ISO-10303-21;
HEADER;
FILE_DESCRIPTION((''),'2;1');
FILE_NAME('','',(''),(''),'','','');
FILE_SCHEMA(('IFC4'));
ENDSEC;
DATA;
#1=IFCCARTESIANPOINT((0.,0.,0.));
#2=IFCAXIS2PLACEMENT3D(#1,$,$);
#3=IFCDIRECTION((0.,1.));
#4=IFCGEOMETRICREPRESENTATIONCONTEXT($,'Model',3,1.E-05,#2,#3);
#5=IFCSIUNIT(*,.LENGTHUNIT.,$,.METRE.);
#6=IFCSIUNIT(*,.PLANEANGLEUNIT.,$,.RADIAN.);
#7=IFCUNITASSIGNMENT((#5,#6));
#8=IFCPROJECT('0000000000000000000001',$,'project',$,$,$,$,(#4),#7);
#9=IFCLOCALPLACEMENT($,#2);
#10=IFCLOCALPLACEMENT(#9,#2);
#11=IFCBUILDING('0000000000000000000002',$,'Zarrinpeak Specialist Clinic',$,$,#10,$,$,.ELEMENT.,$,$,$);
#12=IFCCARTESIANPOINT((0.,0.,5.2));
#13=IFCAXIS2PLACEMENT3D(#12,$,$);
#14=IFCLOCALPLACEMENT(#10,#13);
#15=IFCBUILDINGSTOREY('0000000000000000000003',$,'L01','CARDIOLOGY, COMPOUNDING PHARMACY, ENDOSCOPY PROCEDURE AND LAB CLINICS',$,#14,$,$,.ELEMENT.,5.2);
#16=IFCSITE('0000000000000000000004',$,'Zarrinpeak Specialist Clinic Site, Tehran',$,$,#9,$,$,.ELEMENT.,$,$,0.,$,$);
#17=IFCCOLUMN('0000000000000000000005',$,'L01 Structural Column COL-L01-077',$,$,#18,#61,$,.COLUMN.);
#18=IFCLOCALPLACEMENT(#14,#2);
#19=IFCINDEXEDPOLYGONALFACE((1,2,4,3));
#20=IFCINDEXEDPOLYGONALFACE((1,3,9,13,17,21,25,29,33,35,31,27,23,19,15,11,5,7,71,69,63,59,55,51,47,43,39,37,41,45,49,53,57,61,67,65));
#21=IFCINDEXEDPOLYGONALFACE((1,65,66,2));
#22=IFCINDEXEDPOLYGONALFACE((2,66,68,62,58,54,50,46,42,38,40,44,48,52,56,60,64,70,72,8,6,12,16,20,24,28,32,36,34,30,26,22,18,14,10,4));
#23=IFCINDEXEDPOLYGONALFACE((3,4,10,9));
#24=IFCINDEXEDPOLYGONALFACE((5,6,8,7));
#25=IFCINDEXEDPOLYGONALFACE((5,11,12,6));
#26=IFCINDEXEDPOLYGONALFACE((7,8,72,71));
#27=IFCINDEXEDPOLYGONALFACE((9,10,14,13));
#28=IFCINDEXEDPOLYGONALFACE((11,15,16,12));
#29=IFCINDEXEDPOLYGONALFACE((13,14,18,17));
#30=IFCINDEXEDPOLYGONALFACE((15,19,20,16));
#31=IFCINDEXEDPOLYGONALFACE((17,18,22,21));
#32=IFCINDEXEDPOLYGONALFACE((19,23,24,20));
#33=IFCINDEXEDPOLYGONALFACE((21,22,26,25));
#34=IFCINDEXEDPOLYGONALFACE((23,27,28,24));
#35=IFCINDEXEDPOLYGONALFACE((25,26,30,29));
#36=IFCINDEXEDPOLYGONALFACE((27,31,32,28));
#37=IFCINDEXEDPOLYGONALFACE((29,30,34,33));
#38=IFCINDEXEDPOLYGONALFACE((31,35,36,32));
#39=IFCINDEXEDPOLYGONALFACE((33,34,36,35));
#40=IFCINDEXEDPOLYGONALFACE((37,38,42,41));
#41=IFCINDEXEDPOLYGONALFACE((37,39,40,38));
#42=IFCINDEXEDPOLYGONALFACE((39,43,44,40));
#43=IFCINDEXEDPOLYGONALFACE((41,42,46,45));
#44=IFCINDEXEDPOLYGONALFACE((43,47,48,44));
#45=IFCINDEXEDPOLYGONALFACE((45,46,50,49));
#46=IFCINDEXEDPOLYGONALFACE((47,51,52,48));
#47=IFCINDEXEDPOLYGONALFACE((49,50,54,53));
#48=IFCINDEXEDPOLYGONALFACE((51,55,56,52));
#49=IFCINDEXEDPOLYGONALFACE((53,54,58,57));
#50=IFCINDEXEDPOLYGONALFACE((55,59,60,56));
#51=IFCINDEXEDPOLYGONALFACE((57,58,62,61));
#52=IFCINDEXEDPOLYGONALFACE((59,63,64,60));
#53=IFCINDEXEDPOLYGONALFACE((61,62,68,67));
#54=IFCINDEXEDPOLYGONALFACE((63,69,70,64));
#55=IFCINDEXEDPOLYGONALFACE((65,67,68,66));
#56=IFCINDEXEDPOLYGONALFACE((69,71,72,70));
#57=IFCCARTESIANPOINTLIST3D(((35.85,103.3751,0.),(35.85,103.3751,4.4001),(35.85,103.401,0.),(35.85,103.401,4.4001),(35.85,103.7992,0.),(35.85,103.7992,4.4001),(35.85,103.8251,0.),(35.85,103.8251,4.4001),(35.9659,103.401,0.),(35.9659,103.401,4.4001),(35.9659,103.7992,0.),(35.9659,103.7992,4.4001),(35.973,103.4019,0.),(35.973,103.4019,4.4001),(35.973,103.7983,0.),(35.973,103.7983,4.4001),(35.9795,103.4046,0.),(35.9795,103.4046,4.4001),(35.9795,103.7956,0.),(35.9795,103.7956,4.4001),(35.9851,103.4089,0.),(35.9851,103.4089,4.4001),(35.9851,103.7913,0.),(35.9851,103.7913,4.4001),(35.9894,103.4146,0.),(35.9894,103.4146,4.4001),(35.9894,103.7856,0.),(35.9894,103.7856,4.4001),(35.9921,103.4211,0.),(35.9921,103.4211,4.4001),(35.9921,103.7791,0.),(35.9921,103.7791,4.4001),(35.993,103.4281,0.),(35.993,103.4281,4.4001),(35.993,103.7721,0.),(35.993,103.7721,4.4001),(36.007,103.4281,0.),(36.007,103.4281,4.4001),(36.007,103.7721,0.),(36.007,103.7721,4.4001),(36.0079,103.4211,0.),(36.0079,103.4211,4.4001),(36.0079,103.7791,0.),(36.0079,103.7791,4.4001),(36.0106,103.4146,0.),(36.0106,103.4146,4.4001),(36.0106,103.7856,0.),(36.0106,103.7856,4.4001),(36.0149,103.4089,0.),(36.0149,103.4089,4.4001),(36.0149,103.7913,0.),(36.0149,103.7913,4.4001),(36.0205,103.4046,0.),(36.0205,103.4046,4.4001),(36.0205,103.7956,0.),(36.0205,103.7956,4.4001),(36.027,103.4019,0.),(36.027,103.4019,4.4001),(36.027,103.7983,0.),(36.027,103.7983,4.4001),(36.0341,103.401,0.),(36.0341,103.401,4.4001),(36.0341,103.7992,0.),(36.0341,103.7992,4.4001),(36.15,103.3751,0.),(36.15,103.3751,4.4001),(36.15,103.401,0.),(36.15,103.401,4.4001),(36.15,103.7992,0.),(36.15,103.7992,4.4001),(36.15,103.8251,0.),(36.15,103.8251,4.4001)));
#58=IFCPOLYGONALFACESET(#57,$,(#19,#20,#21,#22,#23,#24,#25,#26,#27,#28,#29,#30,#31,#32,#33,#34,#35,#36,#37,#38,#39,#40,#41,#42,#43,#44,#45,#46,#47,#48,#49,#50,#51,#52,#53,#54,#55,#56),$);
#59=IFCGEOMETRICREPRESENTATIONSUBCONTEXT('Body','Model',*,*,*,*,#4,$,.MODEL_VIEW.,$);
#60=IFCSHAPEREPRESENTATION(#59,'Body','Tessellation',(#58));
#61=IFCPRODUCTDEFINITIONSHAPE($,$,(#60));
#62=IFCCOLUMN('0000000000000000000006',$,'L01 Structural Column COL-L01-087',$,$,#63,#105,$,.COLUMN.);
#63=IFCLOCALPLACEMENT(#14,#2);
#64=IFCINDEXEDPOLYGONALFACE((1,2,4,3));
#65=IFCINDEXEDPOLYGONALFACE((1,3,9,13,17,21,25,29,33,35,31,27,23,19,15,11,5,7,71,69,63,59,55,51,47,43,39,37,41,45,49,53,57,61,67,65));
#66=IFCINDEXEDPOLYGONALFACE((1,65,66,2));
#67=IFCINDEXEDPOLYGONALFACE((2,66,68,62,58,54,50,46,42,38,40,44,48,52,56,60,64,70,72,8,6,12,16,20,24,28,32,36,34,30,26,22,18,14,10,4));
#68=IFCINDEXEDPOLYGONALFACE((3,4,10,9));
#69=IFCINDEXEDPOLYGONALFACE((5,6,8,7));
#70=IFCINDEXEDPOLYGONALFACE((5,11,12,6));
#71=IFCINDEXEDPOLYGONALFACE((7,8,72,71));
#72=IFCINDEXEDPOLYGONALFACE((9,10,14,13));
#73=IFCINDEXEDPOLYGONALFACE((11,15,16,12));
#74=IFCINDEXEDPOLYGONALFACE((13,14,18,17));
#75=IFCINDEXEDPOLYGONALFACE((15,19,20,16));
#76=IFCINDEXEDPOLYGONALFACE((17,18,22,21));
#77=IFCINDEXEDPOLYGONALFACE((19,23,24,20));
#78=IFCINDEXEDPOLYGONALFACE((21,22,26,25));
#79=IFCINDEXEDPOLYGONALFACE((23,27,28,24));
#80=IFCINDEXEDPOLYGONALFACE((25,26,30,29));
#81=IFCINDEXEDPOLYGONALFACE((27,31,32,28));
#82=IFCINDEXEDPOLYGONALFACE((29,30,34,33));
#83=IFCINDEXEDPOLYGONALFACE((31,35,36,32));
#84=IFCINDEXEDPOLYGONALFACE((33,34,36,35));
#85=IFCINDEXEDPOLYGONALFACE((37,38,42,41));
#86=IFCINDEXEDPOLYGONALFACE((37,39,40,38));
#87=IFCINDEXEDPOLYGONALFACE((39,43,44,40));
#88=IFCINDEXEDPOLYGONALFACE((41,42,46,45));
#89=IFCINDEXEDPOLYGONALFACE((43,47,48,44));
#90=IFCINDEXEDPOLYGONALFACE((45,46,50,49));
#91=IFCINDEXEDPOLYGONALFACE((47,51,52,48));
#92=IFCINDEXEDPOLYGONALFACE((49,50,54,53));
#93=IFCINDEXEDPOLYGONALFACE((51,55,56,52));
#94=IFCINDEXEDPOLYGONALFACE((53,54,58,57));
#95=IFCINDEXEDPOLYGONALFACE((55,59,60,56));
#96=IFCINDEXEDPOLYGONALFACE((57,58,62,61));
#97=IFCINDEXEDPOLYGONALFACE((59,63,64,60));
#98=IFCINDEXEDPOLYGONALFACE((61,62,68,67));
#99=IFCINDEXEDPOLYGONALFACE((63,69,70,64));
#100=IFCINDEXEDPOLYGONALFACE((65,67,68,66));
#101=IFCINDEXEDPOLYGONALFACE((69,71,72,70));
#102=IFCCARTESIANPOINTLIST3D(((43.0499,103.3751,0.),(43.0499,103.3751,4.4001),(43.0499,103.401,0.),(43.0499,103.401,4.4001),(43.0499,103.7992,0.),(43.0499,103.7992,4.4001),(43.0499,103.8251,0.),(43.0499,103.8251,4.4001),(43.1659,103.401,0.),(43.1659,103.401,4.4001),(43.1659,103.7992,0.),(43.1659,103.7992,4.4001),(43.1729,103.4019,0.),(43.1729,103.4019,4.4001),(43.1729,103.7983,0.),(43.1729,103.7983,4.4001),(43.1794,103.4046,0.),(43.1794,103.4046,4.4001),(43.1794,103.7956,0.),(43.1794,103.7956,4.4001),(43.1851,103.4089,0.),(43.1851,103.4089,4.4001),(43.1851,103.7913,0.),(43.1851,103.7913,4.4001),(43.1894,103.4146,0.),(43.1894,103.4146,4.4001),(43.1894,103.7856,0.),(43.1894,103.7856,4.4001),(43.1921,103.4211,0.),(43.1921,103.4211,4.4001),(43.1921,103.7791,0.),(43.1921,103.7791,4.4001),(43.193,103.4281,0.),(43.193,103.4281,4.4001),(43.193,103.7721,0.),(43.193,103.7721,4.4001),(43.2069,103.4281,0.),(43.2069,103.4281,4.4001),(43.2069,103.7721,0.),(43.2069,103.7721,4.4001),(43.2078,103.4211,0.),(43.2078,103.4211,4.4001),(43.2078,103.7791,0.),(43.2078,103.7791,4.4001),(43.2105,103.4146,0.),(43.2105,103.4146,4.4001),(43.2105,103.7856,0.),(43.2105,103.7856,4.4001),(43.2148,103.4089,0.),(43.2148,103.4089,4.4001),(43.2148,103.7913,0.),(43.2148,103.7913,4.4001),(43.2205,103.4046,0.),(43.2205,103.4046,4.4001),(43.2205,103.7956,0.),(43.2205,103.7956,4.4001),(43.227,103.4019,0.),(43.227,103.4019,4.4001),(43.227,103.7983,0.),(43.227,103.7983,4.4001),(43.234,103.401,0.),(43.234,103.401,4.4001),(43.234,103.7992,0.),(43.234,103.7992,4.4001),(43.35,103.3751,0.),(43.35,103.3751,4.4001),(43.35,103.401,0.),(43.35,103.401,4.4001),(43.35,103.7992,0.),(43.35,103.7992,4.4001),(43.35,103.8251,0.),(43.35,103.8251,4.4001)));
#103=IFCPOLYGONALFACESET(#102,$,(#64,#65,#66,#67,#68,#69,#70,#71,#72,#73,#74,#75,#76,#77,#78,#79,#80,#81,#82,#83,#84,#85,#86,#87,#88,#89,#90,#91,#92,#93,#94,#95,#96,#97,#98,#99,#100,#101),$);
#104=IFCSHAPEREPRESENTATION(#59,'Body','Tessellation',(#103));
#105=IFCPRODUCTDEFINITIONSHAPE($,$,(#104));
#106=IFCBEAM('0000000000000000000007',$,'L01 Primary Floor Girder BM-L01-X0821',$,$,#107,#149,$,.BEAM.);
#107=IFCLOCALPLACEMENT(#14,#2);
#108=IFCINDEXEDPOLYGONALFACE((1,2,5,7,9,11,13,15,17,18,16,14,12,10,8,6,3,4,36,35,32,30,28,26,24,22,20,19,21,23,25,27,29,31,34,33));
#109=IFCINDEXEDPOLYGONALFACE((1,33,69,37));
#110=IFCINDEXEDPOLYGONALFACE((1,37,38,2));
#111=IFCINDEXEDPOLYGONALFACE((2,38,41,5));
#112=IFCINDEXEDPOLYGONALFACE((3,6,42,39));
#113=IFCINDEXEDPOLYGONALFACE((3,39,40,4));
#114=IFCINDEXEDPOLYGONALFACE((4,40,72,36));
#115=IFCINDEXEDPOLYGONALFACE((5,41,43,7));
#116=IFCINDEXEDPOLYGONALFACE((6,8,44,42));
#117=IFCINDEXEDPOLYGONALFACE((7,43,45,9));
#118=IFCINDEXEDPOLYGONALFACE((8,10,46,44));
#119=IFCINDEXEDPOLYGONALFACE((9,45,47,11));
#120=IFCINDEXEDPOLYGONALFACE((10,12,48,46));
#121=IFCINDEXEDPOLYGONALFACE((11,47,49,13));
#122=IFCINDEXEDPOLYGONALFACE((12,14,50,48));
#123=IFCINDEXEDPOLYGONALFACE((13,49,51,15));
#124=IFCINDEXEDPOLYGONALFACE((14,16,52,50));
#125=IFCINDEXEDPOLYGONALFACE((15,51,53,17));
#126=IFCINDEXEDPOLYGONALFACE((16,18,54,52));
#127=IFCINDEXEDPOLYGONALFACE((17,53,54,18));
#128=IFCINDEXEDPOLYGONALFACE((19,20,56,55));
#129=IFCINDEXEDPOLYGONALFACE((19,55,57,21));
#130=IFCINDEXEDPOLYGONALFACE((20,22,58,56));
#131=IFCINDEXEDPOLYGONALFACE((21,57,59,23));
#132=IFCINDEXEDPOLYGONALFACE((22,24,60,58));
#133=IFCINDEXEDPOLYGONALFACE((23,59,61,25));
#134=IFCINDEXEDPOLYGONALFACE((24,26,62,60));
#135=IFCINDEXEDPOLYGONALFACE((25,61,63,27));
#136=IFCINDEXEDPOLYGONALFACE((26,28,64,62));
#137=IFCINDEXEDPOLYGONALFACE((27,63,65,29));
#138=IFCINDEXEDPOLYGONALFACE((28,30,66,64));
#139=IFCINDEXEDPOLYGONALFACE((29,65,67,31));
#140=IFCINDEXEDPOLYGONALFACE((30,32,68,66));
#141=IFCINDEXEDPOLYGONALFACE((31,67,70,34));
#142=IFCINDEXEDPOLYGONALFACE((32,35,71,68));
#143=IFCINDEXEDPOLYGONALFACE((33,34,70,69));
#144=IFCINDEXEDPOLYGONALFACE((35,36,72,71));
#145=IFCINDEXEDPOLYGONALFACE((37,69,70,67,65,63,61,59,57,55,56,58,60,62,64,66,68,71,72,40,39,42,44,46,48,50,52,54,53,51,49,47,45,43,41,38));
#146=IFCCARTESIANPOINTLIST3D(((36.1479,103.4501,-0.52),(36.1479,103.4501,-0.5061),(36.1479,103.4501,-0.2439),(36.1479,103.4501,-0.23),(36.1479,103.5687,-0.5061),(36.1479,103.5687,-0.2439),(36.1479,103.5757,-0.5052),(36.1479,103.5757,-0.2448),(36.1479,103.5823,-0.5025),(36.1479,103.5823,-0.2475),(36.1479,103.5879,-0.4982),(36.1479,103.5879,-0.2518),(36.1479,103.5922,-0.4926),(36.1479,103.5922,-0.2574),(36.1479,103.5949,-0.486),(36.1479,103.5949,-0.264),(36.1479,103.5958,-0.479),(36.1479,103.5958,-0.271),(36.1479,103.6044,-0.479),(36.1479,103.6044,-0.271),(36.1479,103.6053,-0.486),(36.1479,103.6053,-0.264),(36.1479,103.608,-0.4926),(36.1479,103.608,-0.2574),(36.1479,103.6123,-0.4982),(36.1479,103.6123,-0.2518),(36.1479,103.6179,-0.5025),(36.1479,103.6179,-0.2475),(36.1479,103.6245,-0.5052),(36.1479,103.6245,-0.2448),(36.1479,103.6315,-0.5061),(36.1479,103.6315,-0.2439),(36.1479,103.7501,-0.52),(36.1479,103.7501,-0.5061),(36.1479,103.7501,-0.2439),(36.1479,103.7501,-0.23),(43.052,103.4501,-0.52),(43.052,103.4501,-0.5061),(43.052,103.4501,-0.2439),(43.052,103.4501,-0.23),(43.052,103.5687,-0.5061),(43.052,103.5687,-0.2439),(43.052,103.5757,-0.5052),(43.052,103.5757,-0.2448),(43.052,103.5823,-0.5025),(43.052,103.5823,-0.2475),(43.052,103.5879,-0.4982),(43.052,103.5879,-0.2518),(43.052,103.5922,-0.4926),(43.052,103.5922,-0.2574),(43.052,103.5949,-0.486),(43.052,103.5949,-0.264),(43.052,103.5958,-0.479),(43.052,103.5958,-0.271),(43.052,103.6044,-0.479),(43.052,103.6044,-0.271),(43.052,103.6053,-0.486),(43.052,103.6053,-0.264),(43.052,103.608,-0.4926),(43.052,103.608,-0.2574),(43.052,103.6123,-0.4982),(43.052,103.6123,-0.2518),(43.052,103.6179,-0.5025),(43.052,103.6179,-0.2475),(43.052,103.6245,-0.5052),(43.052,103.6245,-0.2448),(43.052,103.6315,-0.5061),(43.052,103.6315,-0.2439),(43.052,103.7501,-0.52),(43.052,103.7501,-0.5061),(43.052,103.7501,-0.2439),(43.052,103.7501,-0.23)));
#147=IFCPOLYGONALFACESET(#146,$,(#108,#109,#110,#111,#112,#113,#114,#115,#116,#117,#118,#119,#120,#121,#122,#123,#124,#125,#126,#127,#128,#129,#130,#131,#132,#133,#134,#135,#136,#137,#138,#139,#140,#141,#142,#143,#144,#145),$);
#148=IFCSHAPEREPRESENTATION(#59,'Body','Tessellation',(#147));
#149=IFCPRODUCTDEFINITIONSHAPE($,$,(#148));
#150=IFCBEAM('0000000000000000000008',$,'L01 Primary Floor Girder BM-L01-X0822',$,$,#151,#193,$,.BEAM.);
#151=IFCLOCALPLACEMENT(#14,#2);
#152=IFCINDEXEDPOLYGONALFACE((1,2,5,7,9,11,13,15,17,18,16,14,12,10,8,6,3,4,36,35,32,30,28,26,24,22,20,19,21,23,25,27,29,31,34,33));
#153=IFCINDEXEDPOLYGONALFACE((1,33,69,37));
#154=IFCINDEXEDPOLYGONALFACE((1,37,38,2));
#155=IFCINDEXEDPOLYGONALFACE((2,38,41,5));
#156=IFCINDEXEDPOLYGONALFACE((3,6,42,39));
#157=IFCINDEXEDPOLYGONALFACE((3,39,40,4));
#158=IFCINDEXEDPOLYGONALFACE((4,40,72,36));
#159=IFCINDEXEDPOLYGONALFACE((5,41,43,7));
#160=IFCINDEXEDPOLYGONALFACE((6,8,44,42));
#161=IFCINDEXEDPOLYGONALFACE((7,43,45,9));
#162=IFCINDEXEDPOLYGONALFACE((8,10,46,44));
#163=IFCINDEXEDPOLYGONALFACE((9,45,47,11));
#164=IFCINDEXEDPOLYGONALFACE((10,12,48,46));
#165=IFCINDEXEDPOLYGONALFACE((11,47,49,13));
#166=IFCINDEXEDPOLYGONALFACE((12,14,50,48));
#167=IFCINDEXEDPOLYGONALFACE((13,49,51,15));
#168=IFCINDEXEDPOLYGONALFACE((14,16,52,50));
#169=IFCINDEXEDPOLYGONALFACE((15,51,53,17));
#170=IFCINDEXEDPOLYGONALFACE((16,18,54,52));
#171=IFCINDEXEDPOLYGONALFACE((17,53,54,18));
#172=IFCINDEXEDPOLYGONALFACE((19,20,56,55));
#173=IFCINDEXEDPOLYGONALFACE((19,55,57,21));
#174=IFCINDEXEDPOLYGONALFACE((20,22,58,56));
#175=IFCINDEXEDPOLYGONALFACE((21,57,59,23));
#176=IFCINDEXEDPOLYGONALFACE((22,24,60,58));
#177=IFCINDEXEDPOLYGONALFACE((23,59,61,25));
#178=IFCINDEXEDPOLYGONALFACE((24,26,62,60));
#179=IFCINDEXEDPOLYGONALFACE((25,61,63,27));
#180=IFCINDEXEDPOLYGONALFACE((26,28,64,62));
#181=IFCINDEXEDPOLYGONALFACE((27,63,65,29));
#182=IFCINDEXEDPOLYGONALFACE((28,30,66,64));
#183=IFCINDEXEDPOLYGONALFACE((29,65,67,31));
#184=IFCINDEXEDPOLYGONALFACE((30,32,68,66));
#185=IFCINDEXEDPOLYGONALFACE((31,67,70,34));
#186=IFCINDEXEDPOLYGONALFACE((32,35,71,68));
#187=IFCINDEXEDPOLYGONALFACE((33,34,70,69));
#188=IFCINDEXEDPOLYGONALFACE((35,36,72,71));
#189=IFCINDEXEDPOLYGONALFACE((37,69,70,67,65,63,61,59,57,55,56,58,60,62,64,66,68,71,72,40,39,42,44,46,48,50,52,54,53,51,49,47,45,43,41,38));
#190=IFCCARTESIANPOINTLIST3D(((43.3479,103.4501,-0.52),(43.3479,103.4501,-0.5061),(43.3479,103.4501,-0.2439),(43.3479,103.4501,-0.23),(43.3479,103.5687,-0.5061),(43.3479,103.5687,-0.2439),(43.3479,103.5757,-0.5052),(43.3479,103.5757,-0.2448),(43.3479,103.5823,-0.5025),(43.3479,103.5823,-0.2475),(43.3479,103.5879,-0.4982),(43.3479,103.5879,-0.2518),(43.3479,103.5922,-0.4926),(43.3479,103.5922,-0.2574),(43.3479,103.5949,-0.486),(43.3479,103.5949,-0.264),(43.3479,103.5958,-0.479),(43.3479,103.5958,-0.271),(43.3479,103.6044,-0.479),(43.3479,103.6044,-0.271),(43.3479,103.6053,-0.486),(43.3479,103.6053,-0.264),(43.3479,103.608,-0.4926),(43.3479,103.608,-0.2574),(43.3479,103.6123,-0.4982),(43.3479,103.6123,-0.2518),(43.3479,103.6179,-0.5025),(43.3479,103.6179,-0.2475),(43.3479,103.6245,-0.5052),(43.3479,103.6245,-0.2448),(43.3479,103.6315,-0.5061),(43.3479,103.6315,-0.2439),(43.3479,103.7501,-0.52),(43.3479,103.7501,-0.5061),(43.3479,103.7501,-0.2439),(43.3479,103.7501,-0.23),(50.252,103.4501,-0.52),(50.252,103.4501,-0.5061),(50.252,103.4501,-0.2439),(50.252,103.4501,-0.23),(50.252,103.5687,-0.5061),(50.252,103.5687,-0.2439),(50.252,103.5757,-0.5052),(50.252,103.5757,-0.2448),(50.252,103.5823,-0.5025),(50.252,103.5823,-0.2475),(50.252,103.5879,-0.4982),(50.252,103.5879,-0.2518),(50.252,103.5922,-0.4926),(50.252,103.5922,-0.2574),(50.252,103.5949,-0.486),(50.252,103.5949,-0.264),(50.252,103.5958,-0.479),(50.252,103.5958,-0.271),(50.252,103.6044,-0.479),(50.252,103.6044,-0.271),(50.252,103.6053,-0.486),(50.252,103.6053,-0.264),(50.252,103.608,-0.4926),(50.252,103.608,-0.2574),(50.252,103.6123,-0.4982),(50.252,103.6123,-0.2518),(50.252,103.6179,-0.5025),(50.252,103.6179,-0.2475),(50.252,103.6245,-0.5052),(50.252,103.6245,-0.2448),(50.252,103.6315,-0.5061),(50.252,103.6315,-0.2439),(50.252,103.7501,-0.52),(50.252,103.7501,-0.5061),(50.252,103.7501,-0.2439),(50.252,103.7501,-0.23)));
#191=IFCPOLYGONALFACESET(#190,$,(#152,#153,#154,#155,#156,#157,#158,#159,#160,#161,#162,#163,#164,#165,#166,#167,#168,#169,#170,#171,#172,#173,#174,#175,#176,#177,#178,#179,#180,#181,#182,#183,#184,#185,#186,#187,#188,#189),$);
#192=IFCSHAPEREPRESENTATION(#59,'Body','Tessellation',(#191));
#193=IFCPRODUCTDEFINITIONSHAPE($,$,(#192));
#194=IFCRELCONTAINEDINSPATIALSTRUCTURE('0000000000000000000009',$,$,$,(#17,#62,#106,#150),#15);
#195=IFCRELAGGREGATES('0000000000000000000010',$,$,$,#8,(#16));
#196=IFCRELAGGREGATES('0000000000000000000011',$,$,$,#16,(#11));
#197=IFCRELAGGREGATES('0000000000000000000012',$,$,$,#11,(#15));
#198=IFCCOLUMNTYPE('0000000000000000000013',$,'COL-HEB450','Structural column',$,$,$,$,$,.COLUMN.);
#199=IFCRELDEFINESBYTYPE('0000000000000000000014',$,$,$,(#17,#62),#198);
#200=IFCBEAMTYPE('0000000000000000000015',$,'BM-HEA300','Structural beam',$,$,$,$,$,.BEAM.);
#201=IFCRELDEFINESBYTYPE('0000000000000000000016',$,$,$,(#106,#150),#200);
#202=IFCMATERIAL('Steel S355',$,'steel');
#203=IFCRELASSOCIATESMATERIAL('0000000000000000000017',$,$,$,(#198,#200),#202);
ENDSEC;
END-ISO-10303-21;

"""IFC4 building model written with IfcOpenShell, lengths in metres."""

from ifc_helpers import new_model, si_unit, direction, frame, origin, origin_2d, place, context, subcontext, project, spatial, i_section, extrude, material, material_profile, profile_set, type_object, element, save


model = new_model("IFC4")

# Units and contexts
model_context = context("Model", 3, precision=1e-05, world=origin(), true_north=direction((0.0, 1.0)))
body_context = subcontext(model_context, "Body", "Model", "MODEL_VIEW")
ifc_project = project(units=[si_unit("LENGTHUNIT", "METRE"), si_unit("PLANEANGLEUNIT", "RADIAN")], contexts=[model_context])

# Site, building, storey
site_placement = place(None, origin())
site = spatial("IfcSite", under=ifc_project, at=site_placement, Name="Zarrinpeak Specialist Clinic Site, Tehran", CompositionType="ELEMENT", RefElevation=0.0)
building_placement = place(site_placement, origin())
building = spatial("IfcBuilding", under=site, at=building_placement, Name="Zarrinpeak Specialist Clinic", CompositionType="ELEMENT")
storey_placement = place(building_placement, frame((0.0, 0.0, 5.2)))
storey = spatial("IfcBuildingStorey", under=building, at=storey_placement, Name="L01", Description="CARDIOLOGY, COMPOUNDING PHARMACY, ENDOSCOPY PROCEDURE AND LAB CLINICS", CompositionType="ELEMENT", Elevation=5.2)

# Columns
ifc_material_1 = material(Name="Steel S355", Category="steel")
ifc_material_profile_1 = material_profile(ifc_material_1, i_section(OverallWidth=0.3, OverallDepth=0.45, WebThickness=0.0139, FlangeThickness=0.0259, FilletRadius=0.0271, at=origin_2d()), Name="HEB 450")
ifc_profile_set_1 = profile_set([ifc_material_profile_1], Name="Steel S355")
column_type = type_object("IfcColumnType", Name="COL-HEB450", Description="Structural column", PredefinedType="COLUMN", material=ifc_profile_set_1)
for number, where, z_axis, x_axis, name in (
    (1, (36.0, 103.6001, 0.0), (0.0, 0.0, 1.0), (1.0, 0.0, 0.0), "L01 Structural Column COL-L01-077"),
    (2, (43.2, 103.6001, 0.0), (0.0, 0.0, 1.0), (1.0, 0.0, 0.0), "L01 Structural Column COL-L01-087"),
):
    element("IfcColumn", number, at=place(storey_placement, frame(where, z_axis=z_axis, x_axis=x_axis)), inside=storey, type_object=column_type, Name=name, PredefinedType="COLUMN", context=body_context, shape_type="SweptSolid", body=[
        extrude(i_section(OverallWidth=0.3, OverallDepth=0.45, WebThickness=0.0139, FlangeThickness=0.0259, FilletRadius=0.0271, at=origin_2d()), origin(), (0.0, 0.0, 1.0), 4.4001),
    ])

# Beams
ifc_material_profile_2 = material_profile(ifc_material_1, i_section(OverallWidth=0.3, OverallDepth=0.29, WebThickness=0.0085, FlangeThickness=0.0139, FilletRadius=0.0271, at=origin_2d()), Name="HEA 300")
ifc_profile_set_2 = profile_set([ifc_material_profile_2], Name="Steel S355")
beam_type_1 = type_object("IfcBeamType", Name="BM-HEA300", Description="Structural beam", PredefinedType="BEAM", material=ifc_profile_set_2)
for number, where, z_axis, x_axis, name in (
    (3, (36.1479, 103.6001, -0.375), (1.0, 0.0, 0.0), (0.0, 1.0, 0.0), "L01 Primary Floor Girder BM-L01-X0821"),
    (4, (43.3479, 103.6001, -0.375), (1.0, 0.0, 0.0), (0.0, 1.0, 0.0), "L01 Primary Floor Girder BM-L01-X0822"),
):
    element("IfcBeam", number, at=place(storey_placement, frame(where, z_axis=z_axis, x_axis=x_axis)), inside=storey, type_object=beam_type_1, Name=name, PredefinedType="BEAM", context=body_context, shape_type="SweptSolid", body=[
        extrude(i_section(OverallWidth=0.3, OverallDepth=0.29, WebThickness=0.0085, FlangeThickness=0.0139, FilletRadius=0.0271, at=origin_2d()), origin(), (0.0, 0.0, 1.0), 6.9041),
    ])

save(model, "model.ifc")
